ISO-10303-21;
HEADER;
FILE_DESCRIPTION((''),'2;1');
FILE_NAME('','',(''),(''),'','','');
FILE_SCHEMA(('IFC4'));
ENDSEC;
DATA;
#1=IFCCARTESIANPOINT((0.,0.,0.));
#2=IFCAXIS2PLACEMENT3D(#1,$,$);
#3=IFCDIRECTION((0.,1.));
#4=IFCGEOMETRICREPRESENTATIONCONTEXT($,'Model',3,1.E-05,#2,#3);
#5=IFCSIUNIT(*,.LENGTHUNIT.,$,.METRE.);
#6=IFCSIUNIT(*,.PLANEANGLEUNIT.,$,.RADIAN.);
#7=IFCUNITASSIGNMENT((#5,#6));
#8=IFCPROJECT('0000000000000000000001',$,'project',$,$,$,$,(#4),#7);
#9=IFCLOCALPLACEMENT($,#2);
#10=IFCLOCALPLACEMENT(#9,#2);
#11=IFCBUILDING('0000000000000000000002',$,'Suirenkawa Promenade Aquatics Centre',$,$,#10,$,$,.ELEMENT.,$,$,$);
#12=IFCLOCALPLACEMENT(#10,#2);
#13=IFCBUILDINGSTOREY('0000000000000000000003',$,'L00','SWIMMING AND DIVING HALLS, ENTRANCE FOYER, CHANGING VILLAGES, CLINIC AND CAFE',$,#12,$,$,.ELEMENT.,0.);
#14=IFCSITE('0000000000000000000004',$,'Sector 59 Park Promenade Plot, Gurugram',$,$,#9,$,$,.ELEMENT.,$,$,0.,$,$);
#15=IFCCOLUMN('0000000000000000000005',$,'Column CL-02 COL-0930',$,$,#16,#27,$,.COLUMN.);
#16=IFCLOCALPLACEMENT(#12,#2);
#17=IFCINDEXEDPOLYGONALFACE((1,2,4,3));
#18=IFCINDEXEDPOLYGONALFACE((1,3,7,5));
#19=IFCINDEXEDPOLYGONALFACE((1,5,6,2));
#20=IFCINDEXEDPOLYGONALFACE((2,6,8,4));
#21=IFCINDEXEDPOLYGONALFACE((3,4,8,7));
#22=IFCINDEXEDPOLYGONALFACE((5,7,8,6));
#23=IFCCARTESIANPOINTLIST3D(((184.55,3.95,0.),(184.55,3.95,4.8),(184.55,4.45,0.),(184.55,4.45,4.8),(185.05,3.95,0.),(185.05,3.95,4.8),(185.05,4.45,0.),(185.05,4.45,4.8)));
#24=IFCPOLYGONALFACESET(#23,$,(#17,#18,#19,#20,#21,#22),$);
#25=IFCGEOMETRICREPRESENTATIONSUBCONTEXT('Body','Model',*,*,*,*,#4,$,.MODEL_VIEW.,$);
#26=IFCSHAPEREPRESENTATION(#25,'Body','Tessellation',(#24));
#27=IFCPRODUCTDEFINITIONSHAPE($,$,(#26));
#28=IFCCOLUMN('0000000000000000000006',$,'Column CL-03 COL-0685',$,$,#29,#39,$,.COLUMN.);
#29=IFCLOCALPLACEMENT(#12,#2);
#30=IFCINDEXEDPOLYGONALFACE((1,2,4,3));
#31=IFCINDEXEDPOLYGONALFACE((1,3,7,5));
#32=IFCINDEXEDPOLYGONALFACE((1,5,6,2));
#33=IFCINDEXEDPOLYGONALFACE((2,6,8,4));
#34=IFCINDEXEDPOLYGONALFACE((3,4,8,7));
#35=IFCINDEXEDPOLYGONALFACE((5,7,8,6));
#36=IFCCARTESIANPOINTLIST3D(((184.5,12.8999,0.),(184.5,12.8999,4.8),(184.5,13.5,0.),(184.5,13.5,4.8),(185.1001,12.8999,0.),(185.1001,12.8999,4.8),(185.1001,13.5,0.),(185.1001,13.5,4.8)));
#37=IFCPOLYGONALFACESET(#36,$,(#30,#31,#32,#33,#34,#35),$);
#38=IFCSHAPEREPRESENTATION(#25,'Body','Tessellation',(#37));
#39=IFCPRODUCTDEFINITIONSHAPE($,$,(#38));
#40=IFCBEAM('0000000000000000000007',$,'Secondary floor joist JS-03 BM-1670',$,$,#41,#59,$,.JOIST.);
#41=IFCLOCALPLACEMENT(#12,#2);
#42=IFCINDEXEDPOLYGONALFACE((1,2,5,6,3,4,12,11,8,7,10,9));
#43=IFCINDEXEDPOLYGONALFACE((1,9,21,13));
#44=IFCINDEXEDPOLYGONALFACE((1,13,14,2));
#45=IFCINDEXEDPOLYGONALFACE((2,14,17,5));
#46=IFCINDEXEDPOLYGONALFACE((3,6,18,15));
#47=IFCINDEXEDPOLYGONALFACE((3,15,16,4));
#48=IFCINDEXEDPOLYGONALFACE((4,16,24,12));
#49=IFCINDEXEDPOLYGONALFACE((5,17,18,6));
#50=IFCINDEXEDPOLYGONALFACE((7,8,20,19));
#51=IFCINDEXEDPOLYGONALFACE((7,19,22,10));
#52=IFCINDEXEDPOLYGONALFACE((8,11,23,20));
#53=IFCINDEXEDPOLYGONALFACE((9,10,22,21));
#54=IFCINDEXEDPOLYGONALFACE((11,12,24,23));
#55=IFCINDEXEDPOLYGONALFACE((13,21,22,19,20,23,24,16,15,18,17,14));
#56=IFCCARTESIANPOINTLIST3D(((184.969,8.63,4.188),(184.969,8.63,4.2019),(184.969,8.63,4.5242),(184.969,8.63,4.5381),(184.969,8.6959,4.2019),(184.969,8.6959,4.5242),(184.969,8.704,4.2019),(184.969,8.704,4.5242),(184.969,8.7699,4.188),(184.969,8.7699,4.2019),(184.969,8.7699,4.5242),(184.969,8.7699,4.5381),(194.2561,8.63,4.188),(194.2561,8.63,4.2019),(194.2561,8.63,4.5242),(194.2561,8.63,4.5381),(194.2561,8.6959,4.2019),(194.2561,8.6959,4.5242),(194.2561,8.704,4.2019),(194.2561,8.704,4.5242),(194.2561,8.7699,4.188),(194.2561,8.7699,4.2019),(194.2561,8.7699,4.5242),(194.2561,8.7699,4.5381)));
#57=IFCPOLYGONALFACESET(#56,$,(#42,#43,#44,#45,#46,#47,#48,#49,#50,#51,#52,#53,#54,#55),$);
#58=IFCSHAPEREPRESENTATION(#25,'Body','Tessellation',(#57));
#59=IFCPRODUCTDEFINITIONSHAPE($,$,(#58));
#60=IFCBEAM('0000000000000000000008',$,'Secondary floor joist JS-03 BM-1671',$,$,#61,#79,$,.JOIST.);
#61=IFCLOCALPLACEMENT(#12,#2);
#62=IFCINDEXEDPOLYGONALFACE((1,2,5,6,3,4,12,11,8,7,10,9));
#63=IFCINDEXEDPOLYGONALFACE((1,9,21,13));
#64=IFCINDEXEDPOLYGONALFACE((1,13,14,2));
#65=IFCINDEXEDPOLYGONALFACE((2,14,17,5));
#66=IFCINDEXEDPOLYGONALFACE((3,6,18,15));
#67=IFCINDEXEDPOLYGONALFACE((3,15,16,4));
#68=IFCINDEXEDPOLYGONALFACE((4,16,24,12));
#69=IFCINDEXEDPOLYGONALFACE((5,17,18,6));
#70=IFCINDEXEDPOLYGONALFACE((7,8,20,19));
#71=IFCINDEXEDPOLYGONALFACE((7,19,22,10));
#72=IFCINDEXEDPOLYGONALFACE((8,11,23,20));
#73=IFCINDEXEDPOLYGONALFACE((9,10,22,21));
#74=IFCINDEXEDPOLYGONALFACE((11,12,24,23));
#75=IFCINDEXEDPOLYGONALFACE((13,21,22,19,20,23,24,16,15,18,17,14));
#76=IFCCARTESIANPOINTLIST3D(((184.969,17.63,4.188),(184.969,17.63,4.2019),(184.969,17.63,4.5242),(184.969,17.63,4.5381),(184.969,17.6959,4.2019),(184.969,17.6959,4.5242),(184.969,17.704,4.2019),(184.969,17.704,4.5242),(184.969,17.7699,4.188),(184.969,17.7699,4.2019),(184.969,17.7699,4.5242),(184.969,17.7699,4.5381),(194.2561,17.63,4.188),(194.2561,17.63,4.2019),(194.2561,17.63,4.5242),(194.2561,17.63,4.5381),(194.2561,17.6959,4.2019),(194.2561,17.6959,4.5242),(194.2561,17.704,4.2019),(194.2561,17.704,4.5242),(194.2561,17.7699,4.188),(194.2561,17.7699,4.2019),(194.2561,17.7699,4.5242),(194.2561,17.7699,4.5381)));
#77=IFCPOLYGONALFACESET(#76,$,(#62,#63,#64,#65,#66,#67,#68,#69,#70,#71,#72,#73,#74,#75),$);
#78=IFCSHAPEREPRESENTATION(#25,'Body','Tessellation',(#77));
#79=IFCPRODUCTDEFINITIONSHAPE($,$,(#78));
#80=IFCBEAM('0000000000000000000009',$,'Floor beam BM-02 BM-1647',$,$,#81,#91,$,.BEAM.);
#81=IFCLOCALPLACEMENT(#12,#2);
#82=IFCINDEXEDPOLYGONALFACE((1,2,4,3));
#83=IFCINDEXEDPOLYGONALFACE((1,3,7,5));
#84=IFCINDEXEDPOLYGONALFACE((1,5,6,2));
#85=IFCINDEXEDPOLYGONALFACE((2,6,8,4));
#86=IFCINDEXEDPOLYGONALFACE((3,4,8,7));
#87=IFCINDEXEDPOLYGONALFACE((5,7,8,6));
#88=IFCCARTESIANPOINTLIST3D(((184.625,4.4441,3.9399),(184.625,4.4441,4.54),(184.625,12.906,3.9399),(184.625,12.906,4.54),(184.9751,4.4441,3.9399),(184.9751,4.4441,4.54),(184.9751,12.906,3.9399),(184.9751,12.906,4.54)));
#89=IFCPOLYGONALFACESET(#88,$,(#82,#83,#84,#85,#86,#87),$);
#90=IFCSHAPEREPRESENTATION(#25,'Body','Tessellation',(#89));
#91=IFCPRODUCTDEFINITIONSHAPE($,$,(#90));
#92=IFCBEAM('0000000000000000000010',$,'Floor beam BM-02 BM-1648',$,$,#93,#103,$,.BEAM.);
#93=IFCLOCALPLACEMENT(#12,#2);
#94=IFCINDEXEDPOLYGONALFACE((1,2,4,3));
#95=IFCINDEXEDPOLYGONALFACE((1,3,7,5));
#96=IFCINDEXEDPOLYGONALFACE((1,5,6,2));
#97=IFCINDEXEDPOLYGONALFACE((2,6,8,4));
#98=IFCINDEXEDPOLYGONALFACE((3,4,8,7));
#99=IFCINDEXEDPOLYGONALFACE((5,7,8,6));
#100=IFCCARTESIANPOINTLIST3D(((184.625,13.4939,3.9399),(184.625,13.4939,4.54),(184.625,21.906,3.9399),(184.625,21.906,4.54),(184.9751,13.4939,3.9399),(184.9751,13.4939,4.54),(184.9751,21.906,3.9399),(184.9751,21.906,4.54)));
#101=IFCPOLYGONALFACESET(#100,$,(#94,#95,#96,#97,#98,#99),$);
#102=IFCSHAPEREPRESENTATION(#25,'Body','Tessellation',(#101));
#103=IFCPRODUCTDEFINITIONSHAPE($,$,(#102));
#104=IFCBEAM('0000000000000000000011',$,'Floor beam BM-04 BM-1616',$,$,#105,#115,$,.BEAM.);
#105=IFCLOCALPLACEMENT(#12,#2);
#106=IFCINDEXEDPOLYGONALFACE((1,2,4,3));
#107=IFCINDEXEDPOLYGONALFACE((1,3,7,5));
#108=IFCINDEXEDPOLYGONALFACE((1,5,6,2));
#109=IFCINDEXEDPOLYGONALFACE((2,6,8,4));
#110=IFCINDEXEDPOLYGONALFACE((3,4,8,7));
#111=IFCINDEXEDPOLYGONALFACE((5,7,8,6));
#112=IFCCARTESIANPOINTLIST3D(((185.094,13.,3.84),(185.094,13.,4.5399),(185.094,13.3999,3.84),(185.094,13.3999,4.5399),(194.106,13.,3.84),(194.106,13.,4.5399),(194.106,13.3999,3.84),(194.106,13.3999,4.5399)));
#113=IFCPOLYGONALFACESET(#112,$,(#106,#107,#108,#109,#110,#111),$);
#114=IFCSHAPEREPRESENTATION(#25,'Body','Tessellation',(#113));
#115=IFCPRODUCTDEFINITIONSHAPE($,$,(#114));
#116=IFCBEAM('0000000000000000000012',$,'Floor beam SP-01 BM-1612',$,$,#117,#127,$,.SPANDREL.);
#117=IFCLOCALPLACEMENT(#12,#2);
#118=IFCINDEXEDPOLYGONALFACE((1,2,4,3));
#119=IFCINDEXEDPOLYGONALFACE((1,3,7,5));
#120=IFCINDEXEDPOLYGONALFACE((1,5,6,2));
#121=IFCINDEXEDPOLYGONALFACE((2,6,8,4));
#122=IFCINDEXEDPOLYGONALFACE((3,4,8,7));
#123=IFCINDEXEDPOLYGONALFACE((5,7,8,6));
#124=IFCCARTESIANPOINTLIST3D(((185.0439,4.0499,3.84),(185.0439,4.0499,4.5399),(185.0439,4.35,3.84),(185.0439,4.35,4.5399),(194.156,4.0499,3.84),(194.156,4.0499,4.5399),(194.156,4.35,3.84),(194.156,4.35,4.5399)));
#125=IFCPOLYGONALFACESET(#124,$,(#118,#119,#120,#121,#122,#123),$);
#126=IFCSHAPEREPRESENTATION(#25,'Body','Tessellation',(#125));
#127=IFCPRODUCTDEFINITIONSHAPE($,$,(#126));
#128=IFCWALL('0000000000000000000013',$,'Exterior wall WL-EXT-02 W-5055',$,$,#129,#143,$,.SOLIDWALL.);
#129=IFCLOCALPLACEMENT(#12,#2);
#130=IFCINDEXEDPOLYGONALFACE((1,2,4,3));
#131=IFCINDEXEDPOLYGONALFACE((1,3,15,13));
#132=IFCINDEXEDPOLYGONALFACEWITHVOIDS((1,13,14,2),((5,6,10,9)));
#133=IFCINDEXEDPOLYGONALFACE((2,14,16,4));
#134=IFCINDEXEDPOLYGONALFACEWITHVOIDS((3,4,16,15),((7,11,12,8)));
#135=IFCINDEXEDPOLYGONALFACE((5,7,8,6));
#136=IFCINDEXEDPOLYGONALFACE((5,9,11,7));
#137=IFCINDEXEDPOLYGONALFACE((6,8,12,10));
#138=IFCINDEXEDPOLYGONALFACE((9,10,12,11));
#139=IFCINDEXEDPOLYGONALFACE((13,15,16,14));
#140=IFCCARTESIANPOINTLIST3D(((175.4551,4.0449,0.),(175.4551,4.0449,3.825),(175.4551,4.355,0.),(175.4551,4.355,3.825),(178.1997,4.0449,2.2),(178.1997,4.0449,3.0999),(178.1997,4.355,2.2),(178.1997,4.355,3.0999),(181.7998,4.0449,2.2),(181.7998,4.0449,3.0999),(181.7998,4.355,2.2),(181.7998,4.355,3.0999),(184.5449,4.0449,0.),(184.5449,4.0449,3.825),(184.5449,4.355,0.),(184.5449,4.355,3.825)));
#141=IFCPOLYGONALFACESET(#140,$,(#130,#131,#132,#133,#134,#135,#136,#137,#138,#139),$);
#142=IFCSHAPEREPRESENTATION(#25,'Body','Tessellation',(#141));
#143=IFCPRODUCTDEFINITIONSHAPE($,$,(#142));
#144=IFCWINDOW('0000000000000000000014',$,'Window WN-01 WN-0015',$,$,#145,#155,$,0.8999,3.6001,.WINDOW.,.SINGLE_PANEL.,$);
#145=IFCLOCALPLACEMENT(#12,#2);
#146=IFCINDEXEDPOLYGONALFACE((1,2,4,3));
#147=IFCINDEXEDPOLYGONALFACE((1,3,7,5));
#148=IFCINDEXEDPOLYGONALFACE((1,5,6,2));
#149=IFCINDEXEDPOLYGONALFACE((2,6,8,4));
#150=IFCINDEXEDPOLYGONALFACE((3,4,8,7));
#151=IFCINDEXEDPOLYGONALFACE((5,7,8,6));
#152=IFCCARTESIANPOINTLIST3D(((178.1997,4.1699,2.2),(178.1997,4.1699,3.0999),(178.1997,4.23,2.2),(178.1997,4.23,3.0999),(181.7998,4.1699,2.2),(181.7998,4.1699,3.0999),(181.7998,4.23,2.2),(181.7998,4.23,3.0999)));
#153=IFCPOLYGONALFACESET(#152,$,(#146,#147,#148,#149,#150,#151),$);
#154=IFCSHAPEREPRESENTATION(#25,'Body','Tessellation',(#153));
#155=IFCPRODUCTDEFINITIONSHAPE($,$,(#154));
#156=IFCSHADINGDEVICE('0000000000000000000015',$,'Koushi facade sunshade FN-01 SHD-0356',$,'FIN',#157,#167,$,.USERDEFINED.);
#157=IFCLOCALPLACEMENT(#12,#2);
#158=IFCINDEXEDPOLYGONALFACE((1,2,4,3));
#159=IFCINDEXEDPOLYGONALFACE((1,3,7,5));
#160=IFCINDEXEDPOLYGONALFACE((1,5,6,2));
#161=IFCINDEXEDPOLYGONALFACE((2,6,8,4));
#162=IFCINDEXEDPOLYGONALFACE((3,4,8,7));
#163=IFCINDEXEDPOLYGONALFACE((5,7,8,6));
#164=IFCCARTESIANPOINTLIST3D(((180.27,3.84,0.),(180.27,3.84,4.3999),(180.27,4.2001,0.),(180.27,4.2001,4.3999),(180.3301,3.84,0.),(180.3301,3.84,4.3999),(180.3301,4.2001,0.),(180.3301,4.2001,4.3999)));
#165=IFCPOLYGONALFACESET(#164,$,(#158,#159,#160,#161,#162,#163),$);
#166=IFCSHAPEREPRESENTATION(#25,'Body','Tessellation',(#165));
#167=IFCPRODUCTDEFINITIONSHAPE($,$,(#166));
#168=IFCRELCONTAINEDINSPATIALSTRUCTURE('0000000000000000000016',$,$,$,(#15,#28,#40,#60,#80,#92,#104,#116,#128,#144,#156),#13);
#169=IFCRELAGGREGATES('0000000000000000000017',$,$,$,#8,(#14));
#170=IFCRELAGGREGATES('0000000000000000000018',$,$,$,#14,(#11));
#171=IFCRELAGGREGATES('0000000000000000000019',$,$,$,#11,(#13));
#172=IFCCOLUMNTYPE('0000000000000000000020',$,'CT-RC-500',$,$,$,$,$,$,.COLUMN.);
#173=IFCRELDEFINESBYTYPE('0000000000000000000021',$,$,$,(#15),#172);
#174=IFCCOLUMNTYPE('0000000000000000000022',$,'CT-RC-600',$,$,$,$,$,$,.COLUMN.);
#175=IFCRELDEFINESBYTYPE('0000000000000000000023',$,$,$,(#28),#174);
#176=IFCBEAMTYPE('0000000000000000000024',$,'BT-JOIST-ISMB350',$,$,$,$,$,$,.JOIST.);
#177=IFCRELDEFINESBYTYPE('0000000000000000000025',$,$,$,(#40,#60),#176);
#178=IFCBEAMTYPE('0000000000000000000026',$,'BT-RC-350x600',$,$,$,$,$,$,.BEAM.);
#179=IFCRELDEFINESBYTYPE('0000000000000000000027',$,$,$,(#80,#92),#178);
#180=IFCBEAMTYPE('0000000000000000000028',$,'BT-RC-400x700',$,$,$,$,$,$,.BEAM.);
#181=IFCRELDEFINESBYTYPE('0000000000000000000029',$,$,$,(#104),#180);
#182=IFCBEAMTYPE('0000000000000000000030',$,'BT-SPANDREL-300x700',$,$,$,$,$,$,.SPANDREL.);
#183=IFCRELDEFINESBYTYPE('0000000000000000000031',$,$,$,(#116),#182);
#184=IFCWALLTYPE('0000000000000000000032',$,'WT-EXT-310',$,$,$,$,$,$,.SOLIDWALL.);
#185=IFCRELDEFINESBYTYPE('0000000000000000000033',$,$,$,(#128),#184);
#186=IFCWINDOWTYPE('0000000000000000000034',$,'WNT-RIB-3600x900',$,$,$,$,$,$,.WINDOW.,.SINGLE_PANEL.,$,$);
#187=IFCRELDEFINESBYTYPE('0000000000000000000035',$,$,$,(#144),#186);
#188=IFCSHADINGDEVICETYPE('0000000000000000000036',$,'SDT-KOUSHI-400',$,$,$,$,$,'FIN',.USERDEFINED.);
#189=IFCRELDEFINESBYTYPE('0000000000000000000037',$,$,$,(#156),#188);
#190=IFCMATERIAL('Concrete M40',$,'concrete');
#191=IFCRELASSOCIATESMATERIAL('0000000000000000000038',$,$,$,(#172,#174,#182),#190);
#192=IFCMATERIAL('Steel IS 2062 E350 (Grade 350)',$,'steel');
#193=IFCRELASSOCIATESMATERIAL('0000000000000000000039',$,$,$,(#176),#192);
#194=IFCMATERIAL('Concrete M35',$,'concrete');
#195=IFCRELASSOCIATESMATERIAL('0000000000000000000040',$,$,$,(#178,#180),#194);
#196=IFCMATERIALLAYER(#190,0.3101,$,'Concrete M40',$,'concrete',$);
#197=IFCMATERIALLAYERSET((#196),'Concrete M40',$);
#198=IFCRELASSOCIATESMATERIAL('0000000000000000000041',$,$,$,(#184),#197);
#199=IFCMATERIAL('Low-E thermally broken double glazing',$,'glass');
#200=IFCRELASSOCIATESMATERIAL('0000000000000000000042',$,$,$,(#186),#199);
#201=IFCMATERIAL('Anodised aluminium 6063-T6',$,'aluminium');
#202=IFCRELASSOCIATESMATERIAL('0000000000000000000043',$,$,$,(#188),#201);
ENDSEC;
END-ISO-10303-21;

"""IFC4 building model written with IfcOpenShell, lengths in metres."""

from ifc_helpers import new_model, si_unit, direction, frame, frame_2d, origin, origin_2d, place, context, subcontext, project, spatial, rectangle, i_section, extrude, material, layer, layer_set, material_profile, profile_set, type_object, element, fill, save


model = new_model("IFC4")

# Units and contexts
model_context = context("Model", 3, precision=1e-05, world=origin(), true_north=direction((0.0, 1.0)))
body_context = subcontext(model_context, "Body", "Model", "MODEL_VIEW")
ifc_project = project(units=[si_unit("LENGTHUNIT", "METRE"), si_unit("PLANEANGLEUNIT", "RADIAN")], contexts=[model_context])

# Site, building, storey
site_placement = place(None, origin())
site = spatial("IfcSite", under=ifc_project, at=site_placement, Name="Sector 59 Park Promenade Plot, Gurugram", CompositionType="ELEMENT", RefElevation=0.0)
building_placement = place(site_placement, origin())
building = spatial("IfcBuilding", under=site, at=building_placement, Name="Suirenkawa Promenade Aquatics Centre", CompositionType="ELEMENT")
storey_placement = place(building_placement, origin())
storey = spatial("IfcBuildingStorey", under=building, at=storey_placement, Name="L00", Description="SWIMMING AND DIVING HALLS, ENTRANCE FOYER, CHANGING VILLAGES, CLINIC AND CAFE", CompositionType="ELEMENT", Elevation=0.0)

# Columns
ifc_material_1 = material(Name="Concrete M40", Category="concrete")
ifc_material_profile_1 = material_profile(ifc_material_1, rectangle(XDim=0.5, YDim=0.5, at=origin_2d()), Name="RC COL 500x500", Category="concrete")
ifc_profile_set_1 = profile_set([ifc_material_profile_1], Name="Concrete M40")
column_type_1 = type_object("IfcColumnType", Name="CT-RC-500", PredefinedType="COLUMN", material=ifc_profile_set_1)
column_1_placement = place(storey_placement, frame((184.8, 4.2, 0.0), z_axis=(0.0, 0.0, 1.0), x_axis=(1.0, 0.0, 0.0)))
element("IfcColumn", 1, at=column_1_placement, inside=storey, type_object=column_type_1, Name="Column CL-02 COL-0930", PredefinedType="COLUMN", context=body_context, shape_type="SweptSolid", body=[
    extrude(rectangle(XDim=0.5, YDim=0.5, at=origin_2d()), origin(), (0.0, 0.0, 1.0), 4.8),
])
ifc_material_profile_2 = material_profile(ifc_material_1, rectangle(XDim=0.6001, YDim=0.6001, at=origin_2d()), Name="RC COL 600x600", Category="concrete")
ifc_profile_set_2 = profile_set([ifc_material_profile_2], Name="Concrete M40")
column_type_2 = type_object("IfcColumnType", Name="CT-RC-600", PredefinedType="COLUMN", material=ifc_profile_set_2)
column_2_placement = place(storey_placement, frame((184.8, 13.2, 0.0), z_axis=(0.0, 0.0, 1.0), x_axis=(1.0, 0.0, 0.0)))
element("IfcColumn", 2, at=column_2_placement, inside=storey, type_object=column_type_2, Name="Column CL-03 COL-0685", PredefinedType="COLUMN", context=body_context, shape_type="SweptSolid", body=[
    extrude(rectangle(XDim=0.6001, YDim=0.6001, at=origin_2d()), origin(), (0.0, 0.0, 1.0), 4.8),
])

# Beams
ifc_material_2 = material(Name="Steel IS 2062 E350 (Grade 350)", Category="steel")
ifc_material_profile_3 = material_profile(ifc_material_2, i_section(OverallWidth=0.1399, OverallDepth=0.3501, WebThickness=0.0081, FlangeThickness=0.0139, at=origin_2d()), Name="ISMB 350", Category="steel")
ifc_profile_set_3 = profile_set([ifc_material_profile_3], Name="Steel IS 2062 E350 (Grade 350)")
beam_type_1 = type_object("IfcBeamType", Name="BT-JOIST-ISMB350", PredefinedType="JOIST", material=ifc_profile_set_3)
for number, where, z_axis, x_axis, name in (
    (3, (184.969, 8.7, 4.363), (1.0, 0.0, 0.0), (0.0, 1.0, 0.0), "Secondary floor joist JS-03 BM-1670"),
    (4, (184.969, 17.7, 4.363), (1.0, 0.0, 0.0), (0.0, 1.0, 0.0), "Secondary floor joist JS-03 BM-1671"),
):
    element("IfcBeam", number, at=place(storey_placement, frame(where, z_axis=z_axis, x_axis=x_axis)), inside=storey, type_object=beam_type_1, Name=name, PredefinedType="JOIST", context=body_context, shape_type="SweptSolid", body=[
        extrude(i_section(OverallWidth=0.1399, OverallDepth=0.3501, WebThickness=0.0081, FlangeThickness=0.0139, at=origin_2d()), origin(), (0.0, 0.0, 1.0), 9.2871),
    ])
ifc_material_3 = material(Name="Concrete M35", Category="concrete")
ifc_material_profile_4 = material_profile(ifc_material_3, rectangle(XDim=0.3501, YDim=0.6001, at=origin_2d()), Name="RC BM 350x600", Category="concrete")
ifc_profile_set_4 = profile_set([ifc_material_profile_4], Name="Concrete M35")
beam_type_2 = type_object("IfcBeamType", Name="BT-RC-350x600", PredefinedType="BEAM", material=ifc_profile_set_4)
beam_1_placement = place(storey_placement, frame((184.8, 4.4441, 4.24), z_axis=(0.0, 1.0, 0.0), x_axis=(-1.0, 0.0, 0.0)))
element("IfcBeam", 5, at=beam_1_placement, inside=storey, type_object=beam_type_2, Name="Floor beam BM-02 BM-1647", PredefinedType="BEAM", context=body_context, shape_type="SweptSolid", body=[
    extrude(rectangle(XDim=0.3501, YDim=0.6001, at=origin_2d()), origin(), (0.0, 0.0, 1.0), 8.4619),
])
beam_2_placement = place(storey_placement, frame((184.8, 13.4939, 4.24), z_axis=(0.0, 1.0, 0.0), x_axis=(-1.0, 0.0, 0.0)))
element("IfcBeam", 6, at=beam_2_placement, inside=storey, type_object=beam_type_2, Name="Floor beam BM-02 BM-1648", PredefinedType="BEAM", context=body_context, shape_type="SweptSolid", body=[
    extrude(rectangle(XDim=0.3501, YDim=0.6001, at=origin_2d()), origin(), (0.0, 0.0, 1.0), 8.4121),
])
ifc_material_profile_5 = material_profile(ifc_material_3, rectangle(XDim=0.3999, YDim=0.7, at=origin_2d()), Name="RC BM 400x700", Category="concrete")
ifc_profile_set_5 = profile_set([ifc_material_profile_5], Name="Concrete M35")
beam_type_3 = type_object("IfcBeamType", Name="BT-RC-400x700", PredefinedType="BEAM", material=ifc_profile_set_5)
beam_3_placement = place(storey_placement, frame((185.094, 13.2, 4.1899), z_axis=(1.0, 0.0, 0.0), x_axis=(0.0, 1.0, 0.0)))
element("IfcBeam", 7, at=beam_3_placement, inside=storey, type_object=beam_type_3, Name="Floor beam BM-04 BM-1616", PredefinedType="BEAM", context=body_context, shape_type="SweptSolid", body=[
    extrude(rectangle(XDim=0.3999, YDim=0.7, at=origin_2d()), origin(), (0.0, 0.0, 1.0), 9.012),
])
ifc_material_profile_6 = material_profile(ifc_material_1, rectangle(XDim=0.3, YDim=0.7, at=origin_2d()), Name="RC SPANDREL 300x700", Category="concrete")
ifc_profile_set_6 = profile_set([ifc_material_profile_6], Name="Concrete M40")
beam_type_4 = type_object("IfcBeamType", Name="BT-SPANDREL-300x700", PredefinedType="SPANDREL", material=ifc_profile_set_6)
beam_4_placement = place(storey_placement, frame((185.0439, 4.2, 4.1899), z_axis=(1.0, 0.0, 0.0), x_axis=(0.0, 1.0, 0.0)))
element("IfcBeam", 8, at=beam_4_placement, inside=storey, type_object=beam_type_4, Name="Floor beam SP-01 BM-1612", PredefinedType="SPANDREL", context=body_context, shape_type="SweptSolid", body=[
    extrude(rectangle(XDim=0.3, YDim=0.7, at=origin_2d()), origin(), (0.0, 0.0, 1.0), 9.1121),
])

# Wall, opening, window
ifc_layer = layer(ifc_material_1, 0.3101, Name="Concrete M40", Category="concrete")
ifc_layer_set = layer_set([ifc_layer], Name="Concrete M40")
wall_type = type_object("IfcWallType", Name="WT-EXT-310", PredefinedType="SOLIDWALL", material=ifc_layer_set)
wall_placement = place(storey_placement, frame((184.5449, 4.2, 0.0), z_axis=(0.0, 0.0, 1.0), x_axis=(-1.0, 0.0, 0.0)))
wall = element("IfcWall", 9, at=wall_placement, inside=storey, type_object=wall_type, Name="Exterior wall WL-EXT-02 W-5055", PredefinedType="SOLIDWALL", context=body_context, shape_type="SweptSolid", body=[
    extrude(rectangle(XDim=9.0898, YDim=0.3101, at=frame_2d((4.5449, 0.0))), origin(), (0.0, 0.0, 1.0), 3.825),
])
opening_placement = place(wall_placement, frame((2.7451, 0.0, 2.2)))
opening = element("IfcOpeningElement", 10, at=opening_placement, cuts=wall, PredefinedType="OPENING", context=body_context, shape_type="SweptSolid", body=[
    extrude(rectangle(XDim=3.6001, YDim=0.8999, at=frame_2d((1.8, 0.45))), frame((0.0, 0.165, 0.0), z_axis=(0.0, -1.0, 0.0), x_axis=(1.0, 0.0, 0.0)), (0.0, 0.0, 1.0), 0.3301),
])
ifc_material_4 = material(Name="Low-E thermally broken double glazing", Category="glass")
window_type = type_object("IfcWindowType", Name="WNT-RIB-3600x900", PartitioningType="SINGLE_PANEL", PredefinedType="WINDOW", material=ifc_material_4)
window_placement = place(opening_placement, origin())
window = element("IfcWindow", 11, at=window_placement, inside=storey, type_object=window_type, Name="Window WN-01 WN-0015", OverallHeight=0.8999, OverallWidth=3.6001, PartitioningType="SINGLE_PANEL", PredefinedType="WINDOW", context=body_context, shape_type="SweptSolid", body=[
    extrude(rectangle(XDim=3.6001, YDim=0.8999, at=frame_2d((1.8, 0.45))), frame((0.0, 0.03, 0.0), z_axis=(0.0, -1.0, 0.0), x_axis=(1.0, 0.0, 0.0)), (0.0, 0.0, 1.0), 0.0601),
])
fill(opening, window)

# Shading device
ifc_material_5 = material(Name="Anodised aluminium 6063-T6", Category="aluminium")
shading_device_type = type_object("IfcShadingDeviceType", Name="SDT-KOUSHI-400", ElementType="FIN", PredefinedType="USERDEFINED", material=ifc_material_5)
for number, where, z_axis, x_axis, name in (
    (12, (180.3, 4.02, 0.0), (0.0, 0.0, 1.0), (1.0, 0.0, 0.0), "Koushi facade sunshade FN-01 SHD-0356"),
):
    element("IfcShadingDevice", number, at=place(storey_placement, frame(where, z_axis=z_axis, x_axis=x_axis)), inside=storey, type_object=shading_device_type, Name=name, ObjectType="FIN", PredefinedType="USERDEFINED", context=body_context, shape_type="SweptSolid", body=[
        extrude(rectangle(XDim=0.0601, YDim=0.3601, at=origin_2d()), origin(), (0.0, 0.0, 1.0), 4.3999),
    ])

save(model, "model.ifc")
